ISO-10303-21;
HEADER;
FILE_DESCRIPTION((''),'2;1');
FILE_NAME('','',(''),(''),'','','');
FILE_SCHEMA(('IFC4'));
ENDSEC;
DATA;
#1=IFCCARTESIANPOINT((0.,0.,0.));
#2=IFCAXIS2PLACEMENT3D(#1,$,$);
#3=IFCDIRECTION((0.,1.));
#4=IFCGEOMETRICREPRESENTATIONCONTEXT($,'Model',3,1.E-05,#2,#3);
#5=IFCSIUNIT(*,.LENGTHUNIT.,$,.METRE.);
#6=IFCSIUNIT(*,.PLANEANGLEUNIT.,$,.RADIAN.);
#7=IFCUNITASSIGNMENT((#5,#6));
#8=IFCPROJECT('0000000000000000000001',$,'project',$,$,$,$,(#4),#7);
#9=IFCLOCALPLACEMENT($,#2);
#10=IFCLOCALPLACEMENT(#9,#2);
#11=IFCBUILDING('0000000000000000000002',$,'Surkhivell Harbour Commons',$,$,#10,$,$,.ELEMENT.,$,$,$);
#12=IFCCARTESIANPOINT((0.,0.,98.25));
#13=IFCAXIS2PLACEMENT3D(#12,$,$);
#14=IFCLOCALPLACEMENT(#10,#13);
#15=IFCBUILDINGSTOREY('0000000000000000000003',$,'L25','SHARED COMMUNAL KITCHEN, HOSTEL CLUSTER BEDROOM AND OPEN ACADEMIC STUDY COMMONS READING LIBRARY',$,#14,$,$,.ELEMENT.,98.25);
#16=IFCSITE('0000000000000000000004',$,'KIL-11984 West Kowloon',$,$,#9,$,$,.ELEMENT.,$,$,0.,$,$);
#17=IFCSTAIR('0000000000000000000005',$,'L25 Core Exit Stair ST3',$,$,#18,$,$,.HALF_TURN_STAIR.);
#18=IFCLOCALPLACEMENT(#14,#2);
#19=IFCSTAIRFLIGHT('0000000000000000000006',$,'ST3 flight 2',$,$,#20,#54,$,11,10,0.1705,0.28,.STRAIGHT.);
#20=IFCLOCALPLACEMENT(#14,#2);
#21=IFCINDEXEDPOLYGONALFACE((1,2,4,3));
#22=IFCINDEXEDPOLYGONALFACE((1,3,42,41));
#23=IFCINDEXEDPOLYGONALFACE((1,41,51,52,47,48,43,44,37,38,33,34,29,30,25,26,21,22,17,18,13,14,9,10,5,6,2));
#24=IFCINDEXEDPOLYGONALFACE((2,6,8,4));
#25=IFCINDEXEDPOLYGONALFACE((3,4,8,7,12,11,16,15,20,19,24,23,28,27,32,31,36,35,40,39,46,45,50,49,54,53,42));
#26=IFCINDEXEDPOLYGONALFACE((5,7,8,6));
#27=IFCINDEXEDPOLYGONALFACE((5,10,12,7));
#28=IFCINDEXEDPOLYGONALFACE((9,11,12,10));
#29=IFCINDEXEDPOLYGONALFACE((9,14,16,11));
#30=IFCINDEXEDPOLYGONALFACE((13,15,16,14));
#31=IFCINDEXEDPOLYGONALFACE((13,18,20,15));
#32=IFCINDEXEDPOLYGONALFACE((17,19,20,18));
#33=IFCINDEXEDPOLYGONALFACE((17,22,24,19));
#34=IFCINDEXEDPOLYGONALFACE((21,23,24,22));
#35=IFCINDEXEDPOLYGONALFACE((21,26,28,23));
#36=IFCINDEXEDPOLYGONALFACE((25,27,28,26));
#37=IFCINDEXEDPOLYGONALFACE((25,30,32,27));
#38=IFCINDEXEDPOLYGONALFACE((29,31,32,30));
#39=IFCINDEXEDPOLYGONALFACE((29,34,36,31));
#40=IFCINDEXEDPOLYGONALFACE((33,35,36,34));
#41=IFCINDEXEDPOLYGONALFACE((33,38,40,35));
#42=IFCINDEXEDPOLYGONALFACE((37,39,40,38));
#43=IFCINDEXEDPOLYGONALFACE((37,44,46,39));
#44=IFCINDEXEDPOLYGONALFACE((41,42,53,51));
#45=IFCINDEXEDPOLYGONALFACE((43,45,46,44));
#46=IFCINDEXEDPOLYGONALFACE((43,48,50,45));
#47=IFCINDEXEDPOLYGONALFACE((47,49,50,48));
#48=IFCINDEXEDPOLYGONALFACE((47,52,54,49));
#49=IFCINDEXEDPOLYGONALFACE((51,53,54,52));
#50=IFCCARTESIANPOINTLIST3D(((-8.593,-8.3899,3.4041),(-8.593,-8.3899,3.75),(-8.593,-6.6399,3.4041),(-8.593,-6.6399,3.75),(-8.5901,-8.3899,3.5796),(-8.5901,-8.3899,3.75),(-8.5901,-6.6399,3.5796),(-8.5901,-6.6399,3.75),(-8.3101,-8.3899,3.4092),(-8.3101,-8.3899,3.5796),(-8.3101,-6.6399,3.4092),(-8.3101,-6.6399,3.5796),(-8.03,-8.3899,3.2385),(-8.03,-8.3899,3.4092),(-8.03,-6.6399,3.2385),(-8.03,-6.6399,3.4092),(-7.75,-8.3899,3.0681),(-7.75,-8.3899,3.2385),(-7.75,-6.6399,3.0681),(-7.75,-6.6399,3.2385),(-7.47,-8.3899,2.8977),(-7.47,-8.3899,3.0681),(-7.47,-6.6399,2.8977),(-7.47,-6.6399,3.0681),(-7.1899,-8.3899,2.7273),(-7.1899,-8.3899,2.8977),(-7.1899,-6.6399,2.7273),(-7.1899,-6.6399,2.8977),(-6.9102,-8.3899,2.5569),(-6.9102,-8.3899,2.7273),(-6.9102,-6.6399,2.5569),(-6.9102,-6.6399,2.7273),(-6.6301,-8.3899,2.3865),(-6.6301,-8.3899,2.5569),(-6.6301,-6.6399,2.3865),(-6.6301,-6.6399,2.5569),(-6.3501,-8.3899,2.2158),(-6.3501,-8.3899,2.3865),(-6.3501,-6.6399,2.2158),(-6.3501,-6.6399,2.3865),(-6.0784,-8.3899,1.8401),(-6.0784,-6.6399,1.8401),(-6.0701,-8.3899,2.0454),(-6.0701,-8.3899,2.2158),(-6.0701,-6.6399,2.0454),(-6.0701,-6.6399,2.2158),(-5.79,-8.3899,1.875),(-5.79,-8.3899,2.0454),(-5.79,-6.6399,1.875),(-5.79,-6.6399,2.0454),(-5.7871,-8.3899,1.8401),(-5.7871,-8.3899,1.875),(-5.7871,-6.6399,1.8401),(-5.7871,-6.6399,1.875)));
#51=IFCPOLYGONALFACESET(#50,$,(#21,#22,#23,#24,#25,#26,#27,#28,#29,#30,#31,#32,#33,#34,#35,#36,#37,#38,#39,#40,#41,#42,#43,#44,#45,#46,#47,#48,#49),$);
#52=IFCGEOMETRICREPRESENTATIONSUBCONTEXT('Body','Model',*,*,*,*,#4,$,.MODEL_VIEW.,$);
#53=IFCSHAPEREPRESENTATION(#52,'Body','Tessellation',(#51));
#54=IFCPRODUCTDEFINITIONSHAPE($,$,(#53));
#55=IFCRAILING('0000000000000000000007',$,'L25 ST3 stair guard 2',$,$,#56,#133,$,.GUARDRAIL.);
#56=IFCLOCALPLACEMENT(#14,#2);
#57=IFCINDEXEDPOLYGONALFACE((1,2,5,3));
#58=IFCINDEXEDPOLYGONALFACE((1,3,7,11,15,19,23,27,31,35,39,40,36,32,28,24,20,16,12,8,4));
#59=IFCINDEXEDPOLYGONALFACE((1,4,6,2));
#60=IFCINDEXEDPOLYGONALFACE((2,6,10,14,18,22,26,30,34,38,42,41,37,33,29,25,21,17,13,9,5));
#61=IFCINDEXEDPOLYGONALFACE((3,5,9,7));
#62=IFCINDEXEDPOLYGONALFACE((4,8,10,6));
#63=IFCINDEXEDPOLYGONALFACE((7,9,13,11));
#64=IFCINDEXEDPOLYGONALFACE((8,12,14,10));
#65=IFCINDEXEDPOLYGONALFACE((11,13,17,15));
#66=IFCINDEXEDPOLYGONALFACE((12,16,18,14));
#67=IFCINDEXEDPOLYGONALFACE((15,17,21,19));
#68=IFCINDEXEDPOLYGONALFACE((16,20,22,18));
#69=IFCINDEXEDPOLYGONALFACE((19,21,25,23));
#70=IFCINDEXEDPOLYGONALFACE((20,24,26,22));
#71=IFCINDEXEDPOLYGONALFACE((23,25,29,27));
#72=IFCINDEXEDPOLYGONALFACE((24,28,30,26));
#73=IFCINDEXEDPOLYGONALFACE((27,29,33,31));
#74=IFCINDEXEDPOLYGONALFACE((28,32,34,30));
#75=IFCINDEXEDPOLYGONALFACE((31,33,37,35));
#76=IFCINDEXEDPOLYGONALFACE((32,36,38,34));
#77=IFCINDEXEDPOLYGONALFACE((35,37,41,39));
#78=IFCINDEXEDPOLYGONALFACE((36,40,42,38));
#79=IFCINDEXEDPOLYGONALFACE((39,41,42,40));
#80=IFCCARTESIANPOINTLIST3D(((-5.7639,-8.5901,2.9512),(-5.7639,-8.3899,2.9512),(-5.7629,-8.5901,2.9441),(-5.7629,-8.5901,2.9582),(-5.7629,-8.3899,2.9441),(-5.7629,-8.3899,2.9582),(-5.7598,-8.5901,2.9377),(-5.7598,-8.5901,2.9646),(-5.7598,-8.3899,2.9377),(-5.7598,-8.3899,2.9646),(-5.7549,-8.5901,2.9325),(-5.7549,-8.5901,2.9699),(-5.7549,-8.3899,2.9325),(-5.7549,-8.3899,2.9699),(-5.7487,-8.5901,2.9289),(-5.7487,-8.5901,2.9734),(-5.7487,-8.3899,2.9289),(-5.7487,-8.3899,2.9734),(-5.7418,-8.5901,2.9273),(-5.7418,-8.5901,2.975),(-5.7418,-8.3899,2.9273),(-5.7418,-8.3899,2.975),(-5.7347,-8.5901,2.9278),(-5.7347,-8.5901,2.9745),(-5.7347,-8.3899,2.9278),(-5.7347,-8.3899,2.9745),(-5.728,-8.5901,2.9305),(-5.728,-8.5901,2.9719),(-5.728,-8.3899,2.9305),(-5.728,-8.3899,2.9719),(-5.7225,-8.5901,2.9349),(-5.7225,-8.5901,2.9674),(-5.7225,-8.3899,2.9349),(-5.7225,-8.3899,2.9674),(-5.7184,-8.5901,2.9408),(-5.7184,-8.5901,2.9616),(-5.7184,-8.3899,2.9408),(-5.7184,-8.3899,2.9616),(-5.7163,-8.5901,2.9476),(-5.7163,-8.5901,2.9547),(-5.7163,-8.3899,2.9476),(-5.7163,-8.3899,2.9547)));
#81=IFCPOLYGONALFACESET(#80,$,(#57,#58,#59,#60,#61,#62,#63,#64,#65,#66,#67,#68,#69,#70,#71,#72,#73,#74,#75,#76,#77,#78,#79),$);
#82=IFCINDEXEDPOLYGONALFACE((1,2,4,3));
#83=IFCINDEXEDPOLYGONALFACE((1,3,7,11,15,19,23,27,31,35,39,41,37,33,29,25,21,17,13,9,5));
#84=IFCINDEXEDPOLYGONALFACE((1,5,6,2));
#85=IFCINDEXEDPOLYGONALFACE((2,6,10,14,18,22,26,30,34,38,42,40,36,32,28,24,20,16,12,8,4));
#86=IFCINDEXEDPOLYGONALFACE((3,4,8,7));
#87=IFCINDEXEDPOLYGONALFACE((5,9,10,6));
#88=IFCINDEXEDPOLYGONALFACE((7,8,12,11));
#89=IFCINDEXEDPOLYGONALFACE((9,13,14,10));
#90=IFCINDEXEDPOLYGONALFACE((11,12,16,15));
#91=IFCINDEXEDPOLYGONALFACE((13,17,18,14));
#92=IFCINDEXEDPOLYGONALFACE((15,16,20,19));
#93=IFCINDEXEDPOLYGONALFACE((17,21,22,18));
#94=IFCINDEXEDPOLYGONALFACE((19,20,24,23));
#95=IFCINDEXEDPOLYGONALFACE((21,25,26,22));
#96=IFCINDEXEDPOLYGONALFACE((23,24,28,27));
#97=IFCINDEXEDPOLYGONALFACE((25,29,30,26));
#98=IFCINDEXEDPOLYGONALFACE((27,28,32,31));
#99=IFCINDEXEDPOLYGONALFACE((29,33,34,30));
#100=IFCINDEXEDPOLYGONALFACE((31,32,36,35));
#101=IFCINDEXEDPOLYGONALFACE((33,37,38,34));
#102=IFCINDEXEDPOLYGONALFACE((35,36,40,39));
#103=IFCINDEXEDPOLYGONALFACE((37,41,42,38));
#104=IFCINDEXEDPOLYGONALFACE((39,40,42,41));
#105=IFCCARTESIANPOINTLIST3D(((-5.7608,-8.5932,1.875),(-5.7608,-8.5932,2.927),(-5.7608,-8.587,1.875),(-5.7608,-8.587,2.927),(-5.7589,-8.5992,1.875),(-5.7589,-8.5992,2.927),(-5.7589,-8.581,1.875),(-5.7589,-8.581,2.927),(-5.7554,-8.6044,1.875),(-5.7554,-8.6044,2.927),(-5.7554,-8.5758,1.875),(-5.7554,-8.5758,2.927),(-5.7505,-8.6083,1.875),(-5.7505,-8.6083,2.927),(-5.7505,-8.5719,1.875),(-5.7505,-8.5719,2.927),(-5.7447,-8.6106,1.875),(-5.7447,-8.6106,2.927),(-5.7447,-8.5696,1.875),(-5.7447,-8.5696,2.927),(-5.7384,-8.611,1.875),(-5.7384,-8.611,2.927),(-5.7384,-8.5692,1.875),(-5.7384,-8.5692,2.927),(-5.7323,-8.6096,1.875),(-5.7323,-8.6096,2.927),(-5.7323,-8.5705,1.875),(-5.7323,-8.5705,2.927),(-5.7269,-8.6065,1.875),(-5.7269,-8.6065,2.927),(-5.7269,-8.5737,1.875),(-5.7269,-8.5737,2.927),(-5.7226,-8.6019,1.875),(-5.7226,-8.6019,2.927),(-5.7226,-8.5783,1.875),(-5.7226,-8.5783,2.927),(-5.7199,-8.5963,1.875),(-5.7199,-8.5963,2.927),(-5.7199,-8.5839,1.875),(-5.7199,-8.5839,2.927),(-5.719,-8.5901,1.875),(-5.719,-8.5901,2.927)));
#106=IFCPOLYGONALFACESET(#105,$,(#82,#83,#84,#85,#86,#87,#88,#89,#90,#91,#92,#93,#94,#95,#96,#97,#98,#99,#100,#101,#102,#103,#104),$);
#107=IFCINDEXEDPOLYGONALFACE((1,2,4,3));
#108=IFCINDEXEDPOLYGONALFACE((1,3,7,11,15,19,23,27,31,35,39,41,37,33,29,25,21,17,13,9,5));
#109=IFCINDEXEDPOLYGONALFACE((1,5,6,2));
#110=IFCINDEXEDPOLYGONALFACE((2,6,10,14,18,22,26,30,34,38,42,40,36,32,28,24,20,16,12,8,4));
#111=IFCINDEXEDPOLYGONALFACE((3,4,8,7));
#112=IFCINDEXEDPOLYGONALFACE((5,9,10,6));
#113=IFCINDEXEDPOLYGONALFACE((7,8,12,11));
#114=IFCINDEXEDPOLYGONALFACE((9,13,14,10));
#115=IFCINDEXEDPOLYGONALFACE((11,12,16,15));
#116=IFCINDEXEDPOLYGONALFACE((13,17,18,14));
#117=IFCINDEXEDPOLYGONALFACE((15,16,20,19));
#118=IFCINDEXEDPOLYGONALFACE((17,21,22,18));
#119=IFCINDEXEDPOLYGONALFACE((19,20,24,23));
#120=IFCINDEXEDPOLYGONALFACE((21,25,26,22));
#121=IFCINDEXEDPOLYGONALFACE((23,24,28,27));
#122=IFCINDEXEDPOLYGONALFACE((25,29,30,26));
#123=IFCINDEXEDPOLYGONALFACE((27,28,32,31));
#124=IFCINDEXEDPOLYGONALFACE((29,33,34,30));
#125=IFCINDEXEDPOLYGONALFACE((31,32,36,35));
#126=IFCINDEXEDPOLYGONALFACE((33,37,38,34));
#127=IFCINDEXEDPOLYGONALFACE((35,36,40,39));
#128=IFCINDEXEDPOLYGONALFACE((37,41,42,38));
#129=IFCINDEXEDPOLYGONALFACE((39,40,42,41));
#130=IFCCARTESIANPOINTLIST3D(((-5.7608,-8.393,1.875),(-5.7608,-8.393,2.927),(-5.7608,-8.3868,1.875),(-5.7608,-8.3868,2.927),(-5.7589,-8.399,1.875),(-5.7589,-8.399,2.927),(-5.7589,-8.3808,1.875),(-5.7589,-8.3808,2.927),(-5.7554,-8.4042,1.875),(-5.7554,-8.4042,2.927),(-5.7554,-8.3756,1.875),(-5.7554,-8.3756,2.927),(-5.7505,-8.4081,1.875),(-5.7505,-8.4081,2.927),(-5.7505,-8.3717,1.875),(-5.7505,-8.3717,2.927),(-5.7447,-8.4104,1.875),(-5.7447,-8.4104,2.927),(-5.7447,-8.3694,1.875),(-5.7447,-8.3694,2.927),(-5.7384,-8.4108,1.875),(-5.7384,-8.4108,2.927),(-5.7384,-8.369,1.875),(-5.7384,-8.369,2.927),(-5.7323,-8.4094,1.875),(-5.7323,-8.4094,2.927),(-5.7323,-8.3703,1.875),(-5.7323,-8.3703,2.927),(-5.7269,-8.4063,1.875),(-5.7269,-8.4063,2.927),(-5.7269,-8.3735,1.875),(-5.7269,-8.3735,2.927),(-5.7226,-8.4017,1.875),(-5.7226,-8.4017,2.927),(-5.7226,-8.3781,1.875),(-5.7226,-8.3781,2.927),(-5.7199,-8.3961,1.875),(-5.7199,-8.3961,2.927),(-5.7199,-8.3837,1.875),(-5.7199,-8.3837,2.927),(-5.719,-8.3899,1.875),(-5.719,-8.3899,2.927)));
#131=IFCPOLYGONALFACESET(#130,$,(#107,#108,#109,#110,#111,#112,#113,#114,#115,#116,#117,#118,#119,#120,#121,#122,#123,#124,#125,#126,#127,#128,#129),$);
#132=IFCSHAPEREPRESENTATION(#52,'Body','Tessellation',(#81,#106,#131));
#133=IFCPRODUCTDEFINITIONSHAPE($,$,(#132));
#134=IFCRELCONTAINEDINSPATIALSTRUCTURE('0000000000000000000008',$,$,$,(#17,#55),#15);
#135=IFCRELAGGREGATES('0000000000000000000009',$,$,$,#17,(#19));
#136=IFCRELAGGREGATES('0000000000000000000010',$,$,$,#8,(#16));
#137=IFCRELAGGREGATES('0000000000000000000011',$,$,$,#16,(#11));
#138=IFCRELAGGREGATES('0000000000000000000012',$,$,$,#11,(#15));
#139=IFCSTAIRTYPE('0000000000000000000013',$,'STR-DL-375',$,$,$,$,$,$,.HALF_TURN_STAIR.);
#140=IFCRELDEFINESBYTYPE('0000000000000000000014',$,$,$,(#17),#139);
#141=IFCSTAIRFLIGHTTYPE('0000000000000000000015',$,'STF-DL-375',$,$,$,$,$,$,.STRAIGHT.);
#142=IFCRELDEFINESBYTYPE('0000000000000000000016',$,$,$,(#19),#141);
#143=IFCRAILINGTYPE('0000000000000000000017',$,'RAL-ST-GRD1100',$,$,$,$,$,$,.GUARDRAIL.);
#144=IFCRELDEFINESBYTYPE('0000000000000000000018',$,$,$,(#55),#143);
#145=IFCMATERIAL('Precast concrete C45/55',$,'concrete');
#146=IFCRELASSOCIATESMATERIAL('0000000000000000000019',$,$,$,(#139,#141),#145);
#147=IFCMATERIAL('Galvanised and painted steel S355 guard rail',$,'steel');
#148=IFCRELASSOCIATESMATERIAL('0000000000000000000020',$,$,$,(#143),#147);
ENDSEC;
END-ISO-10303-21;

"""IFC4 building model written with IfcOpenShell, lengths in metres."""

from ifc_helpers import new_model, si_unit, direction, frame, origin, origin_2d, place, context, subcontext, project, spatial, polyline, circle, outline, extrude, material, type_object, element, aggregate, save


model = new_model("IFC4")

# Units and contexts
model_context = context("Model", 3, precision=1e-05, world=origin(), true_north=direction((0.0, 1.0)))
body_context = subcontext(model_context, "Body", "Model", "MODEL_VIEW")
ifc_project = project(units=[si_unit("LENGTHUNIT", "METRE"), si_unit("PLANEANGLEUNIT", "RADIAN")], contexts=[model_context])

# Site, building, storey
site_placement = place(None, origin())
site = spatial("IfcSite", under=ifc_project, at=site_placement, Name="KIL-11984 West Kowloon", CompositionType="ELEMENT", RefElevation=0.0)
building_placement = place(site_placement, origin())
building = spatial("IfcBuilding", under=site, at=building_placement, Name="Surkhivell Harbour Commons", CompositionType="ELEMENT")
storey_placement = place(building_placement, frame((0.0, 0.0, 98.25)))
storey = spatial("IfcBuildingStorey", under=building, at=storey_placement, Name="L25", Description="SHARED COMMUNAL KITCHEN, HOSTEL CLUSTER BEDROOM AND OPEN ACADEMIC STUDY COMMONS READING LIBRARY", CompositionType="ELEMENT", Elevation=98.25)

# Stair, stair flight
ifc_material_1 = material(Name="Precast concrete C45/55", Category="concrete")
stair_type = type_object("IfcStairType", Name="STR-DL-375", PredefinedType="HALF_TURN_STAIR", material=ifc_material_1)
stair_placement = place(storey_placement, origin())
stair = element("IfcStair", 1, at=stair_placement, inside=storey, type_object=stair_type, Name="L25 Core Exit Stair ST3", PredefinedType="HALF_TURN_STAIR")
stair_flight_type = type_object("IfcStairFlightType", Name="STF-DL-375", PredefinedType="STRAIGHT", material=ifc_material_1)
stair_flight_placement = place(storey_placement, frame((-5.79, -7.5149, 1.875), z_axis=(0.0, 0.0, 1.0), x_axis=(-1.0, 0.0, 0.0)))
stair_flight = element("IfcStairFlight", 2, at=stair_flight_placement, type_object=stair_flight_type, Name="ST3 flight 2", NumberOfRisers=11, NumberOfTreads=10, PredefinedType="STRAIGHT", RiserHeight=0.1705, TreadLength=0.28, context=body_context, shape_type="SweptSolid", body=[
    extrude(outline(polyline([(-0.0029, -0.0349), (-0.0029, 0.0), (0.0, 0.0), (0.0, 0.1704), (0.28, 0.1704), (0.28, 0.3408), (0.5601, 0.3408), (0.5601, 0.5115), (0.8401, 0.5115), (0.8401, 0.6819), (1.1201, 0.6819), (1.1201, 0.8523), (1.3999, 0.8523), (1.3999, 1.0227), (1.6799, 1.0227), (1.6799, 1.1931), (1.96, 1.1931), (1.96, 1.3635), (2.24, 1.3635), (2.24, 1.5342), (2.52, 1.5342), (2.52, 1.7046), (2.8, 1.7046), (2.8, 1.875), (2.803, 1.875), (2.803, 1.5291), (0.2883, -0.0349), (-0.0029, -0.0349)])), frame((0.0, 0.875, 0.0), z_axis=(0.0, -1.0, 0.0), x_axis=(1.0, 0.0, 0.0)), (0.0, 0.0, 1.0), 1.75),
])
aggregate(stair, [stair_flight])

# Railing
ifc_material_2 = material(Name="Galvanised and painted steel S355 guard rail", Category="steel")
railing_type_1 = type_object("IfcRailingType", Name="RAL-ST-GRD1100", PredefinedType="GUARDRAIL", material=ifc_material_2)
railing_1_placement = place(storey_placement, frame((-5.74, -8.5901, 1.875)))
element("IfcRailing", 3, at=railing_1_placement, inside=storey, type_object=railing_type_1, Name="L25 ST3 stair guard 2", PredefinedType="GUARDRAIL", context=body_context, shape_type="SweptSolid", body=[
    extrude(circle(Radius=0.0239, at=origin_2d()), frame((0.0, 0.0, 1.0762), z_axis=(0.0, 1.0, 0.0), x_axis=(-1.0, 0.0, 0.0)), (0.0, 0.0, 1.0), 0.2002),
    extrude(circle(Radius=0.021, at=origin_2d()), origin(), (0.0, 0.0, 1.0), 1.052),
    extrude(circle(Radius=0.021, at=origin_2d()), frame((0.0, 0.2002, 0.0)), (0.0, 0.0, 1.0), 1.052),
])

save(model, "model.ifc")
